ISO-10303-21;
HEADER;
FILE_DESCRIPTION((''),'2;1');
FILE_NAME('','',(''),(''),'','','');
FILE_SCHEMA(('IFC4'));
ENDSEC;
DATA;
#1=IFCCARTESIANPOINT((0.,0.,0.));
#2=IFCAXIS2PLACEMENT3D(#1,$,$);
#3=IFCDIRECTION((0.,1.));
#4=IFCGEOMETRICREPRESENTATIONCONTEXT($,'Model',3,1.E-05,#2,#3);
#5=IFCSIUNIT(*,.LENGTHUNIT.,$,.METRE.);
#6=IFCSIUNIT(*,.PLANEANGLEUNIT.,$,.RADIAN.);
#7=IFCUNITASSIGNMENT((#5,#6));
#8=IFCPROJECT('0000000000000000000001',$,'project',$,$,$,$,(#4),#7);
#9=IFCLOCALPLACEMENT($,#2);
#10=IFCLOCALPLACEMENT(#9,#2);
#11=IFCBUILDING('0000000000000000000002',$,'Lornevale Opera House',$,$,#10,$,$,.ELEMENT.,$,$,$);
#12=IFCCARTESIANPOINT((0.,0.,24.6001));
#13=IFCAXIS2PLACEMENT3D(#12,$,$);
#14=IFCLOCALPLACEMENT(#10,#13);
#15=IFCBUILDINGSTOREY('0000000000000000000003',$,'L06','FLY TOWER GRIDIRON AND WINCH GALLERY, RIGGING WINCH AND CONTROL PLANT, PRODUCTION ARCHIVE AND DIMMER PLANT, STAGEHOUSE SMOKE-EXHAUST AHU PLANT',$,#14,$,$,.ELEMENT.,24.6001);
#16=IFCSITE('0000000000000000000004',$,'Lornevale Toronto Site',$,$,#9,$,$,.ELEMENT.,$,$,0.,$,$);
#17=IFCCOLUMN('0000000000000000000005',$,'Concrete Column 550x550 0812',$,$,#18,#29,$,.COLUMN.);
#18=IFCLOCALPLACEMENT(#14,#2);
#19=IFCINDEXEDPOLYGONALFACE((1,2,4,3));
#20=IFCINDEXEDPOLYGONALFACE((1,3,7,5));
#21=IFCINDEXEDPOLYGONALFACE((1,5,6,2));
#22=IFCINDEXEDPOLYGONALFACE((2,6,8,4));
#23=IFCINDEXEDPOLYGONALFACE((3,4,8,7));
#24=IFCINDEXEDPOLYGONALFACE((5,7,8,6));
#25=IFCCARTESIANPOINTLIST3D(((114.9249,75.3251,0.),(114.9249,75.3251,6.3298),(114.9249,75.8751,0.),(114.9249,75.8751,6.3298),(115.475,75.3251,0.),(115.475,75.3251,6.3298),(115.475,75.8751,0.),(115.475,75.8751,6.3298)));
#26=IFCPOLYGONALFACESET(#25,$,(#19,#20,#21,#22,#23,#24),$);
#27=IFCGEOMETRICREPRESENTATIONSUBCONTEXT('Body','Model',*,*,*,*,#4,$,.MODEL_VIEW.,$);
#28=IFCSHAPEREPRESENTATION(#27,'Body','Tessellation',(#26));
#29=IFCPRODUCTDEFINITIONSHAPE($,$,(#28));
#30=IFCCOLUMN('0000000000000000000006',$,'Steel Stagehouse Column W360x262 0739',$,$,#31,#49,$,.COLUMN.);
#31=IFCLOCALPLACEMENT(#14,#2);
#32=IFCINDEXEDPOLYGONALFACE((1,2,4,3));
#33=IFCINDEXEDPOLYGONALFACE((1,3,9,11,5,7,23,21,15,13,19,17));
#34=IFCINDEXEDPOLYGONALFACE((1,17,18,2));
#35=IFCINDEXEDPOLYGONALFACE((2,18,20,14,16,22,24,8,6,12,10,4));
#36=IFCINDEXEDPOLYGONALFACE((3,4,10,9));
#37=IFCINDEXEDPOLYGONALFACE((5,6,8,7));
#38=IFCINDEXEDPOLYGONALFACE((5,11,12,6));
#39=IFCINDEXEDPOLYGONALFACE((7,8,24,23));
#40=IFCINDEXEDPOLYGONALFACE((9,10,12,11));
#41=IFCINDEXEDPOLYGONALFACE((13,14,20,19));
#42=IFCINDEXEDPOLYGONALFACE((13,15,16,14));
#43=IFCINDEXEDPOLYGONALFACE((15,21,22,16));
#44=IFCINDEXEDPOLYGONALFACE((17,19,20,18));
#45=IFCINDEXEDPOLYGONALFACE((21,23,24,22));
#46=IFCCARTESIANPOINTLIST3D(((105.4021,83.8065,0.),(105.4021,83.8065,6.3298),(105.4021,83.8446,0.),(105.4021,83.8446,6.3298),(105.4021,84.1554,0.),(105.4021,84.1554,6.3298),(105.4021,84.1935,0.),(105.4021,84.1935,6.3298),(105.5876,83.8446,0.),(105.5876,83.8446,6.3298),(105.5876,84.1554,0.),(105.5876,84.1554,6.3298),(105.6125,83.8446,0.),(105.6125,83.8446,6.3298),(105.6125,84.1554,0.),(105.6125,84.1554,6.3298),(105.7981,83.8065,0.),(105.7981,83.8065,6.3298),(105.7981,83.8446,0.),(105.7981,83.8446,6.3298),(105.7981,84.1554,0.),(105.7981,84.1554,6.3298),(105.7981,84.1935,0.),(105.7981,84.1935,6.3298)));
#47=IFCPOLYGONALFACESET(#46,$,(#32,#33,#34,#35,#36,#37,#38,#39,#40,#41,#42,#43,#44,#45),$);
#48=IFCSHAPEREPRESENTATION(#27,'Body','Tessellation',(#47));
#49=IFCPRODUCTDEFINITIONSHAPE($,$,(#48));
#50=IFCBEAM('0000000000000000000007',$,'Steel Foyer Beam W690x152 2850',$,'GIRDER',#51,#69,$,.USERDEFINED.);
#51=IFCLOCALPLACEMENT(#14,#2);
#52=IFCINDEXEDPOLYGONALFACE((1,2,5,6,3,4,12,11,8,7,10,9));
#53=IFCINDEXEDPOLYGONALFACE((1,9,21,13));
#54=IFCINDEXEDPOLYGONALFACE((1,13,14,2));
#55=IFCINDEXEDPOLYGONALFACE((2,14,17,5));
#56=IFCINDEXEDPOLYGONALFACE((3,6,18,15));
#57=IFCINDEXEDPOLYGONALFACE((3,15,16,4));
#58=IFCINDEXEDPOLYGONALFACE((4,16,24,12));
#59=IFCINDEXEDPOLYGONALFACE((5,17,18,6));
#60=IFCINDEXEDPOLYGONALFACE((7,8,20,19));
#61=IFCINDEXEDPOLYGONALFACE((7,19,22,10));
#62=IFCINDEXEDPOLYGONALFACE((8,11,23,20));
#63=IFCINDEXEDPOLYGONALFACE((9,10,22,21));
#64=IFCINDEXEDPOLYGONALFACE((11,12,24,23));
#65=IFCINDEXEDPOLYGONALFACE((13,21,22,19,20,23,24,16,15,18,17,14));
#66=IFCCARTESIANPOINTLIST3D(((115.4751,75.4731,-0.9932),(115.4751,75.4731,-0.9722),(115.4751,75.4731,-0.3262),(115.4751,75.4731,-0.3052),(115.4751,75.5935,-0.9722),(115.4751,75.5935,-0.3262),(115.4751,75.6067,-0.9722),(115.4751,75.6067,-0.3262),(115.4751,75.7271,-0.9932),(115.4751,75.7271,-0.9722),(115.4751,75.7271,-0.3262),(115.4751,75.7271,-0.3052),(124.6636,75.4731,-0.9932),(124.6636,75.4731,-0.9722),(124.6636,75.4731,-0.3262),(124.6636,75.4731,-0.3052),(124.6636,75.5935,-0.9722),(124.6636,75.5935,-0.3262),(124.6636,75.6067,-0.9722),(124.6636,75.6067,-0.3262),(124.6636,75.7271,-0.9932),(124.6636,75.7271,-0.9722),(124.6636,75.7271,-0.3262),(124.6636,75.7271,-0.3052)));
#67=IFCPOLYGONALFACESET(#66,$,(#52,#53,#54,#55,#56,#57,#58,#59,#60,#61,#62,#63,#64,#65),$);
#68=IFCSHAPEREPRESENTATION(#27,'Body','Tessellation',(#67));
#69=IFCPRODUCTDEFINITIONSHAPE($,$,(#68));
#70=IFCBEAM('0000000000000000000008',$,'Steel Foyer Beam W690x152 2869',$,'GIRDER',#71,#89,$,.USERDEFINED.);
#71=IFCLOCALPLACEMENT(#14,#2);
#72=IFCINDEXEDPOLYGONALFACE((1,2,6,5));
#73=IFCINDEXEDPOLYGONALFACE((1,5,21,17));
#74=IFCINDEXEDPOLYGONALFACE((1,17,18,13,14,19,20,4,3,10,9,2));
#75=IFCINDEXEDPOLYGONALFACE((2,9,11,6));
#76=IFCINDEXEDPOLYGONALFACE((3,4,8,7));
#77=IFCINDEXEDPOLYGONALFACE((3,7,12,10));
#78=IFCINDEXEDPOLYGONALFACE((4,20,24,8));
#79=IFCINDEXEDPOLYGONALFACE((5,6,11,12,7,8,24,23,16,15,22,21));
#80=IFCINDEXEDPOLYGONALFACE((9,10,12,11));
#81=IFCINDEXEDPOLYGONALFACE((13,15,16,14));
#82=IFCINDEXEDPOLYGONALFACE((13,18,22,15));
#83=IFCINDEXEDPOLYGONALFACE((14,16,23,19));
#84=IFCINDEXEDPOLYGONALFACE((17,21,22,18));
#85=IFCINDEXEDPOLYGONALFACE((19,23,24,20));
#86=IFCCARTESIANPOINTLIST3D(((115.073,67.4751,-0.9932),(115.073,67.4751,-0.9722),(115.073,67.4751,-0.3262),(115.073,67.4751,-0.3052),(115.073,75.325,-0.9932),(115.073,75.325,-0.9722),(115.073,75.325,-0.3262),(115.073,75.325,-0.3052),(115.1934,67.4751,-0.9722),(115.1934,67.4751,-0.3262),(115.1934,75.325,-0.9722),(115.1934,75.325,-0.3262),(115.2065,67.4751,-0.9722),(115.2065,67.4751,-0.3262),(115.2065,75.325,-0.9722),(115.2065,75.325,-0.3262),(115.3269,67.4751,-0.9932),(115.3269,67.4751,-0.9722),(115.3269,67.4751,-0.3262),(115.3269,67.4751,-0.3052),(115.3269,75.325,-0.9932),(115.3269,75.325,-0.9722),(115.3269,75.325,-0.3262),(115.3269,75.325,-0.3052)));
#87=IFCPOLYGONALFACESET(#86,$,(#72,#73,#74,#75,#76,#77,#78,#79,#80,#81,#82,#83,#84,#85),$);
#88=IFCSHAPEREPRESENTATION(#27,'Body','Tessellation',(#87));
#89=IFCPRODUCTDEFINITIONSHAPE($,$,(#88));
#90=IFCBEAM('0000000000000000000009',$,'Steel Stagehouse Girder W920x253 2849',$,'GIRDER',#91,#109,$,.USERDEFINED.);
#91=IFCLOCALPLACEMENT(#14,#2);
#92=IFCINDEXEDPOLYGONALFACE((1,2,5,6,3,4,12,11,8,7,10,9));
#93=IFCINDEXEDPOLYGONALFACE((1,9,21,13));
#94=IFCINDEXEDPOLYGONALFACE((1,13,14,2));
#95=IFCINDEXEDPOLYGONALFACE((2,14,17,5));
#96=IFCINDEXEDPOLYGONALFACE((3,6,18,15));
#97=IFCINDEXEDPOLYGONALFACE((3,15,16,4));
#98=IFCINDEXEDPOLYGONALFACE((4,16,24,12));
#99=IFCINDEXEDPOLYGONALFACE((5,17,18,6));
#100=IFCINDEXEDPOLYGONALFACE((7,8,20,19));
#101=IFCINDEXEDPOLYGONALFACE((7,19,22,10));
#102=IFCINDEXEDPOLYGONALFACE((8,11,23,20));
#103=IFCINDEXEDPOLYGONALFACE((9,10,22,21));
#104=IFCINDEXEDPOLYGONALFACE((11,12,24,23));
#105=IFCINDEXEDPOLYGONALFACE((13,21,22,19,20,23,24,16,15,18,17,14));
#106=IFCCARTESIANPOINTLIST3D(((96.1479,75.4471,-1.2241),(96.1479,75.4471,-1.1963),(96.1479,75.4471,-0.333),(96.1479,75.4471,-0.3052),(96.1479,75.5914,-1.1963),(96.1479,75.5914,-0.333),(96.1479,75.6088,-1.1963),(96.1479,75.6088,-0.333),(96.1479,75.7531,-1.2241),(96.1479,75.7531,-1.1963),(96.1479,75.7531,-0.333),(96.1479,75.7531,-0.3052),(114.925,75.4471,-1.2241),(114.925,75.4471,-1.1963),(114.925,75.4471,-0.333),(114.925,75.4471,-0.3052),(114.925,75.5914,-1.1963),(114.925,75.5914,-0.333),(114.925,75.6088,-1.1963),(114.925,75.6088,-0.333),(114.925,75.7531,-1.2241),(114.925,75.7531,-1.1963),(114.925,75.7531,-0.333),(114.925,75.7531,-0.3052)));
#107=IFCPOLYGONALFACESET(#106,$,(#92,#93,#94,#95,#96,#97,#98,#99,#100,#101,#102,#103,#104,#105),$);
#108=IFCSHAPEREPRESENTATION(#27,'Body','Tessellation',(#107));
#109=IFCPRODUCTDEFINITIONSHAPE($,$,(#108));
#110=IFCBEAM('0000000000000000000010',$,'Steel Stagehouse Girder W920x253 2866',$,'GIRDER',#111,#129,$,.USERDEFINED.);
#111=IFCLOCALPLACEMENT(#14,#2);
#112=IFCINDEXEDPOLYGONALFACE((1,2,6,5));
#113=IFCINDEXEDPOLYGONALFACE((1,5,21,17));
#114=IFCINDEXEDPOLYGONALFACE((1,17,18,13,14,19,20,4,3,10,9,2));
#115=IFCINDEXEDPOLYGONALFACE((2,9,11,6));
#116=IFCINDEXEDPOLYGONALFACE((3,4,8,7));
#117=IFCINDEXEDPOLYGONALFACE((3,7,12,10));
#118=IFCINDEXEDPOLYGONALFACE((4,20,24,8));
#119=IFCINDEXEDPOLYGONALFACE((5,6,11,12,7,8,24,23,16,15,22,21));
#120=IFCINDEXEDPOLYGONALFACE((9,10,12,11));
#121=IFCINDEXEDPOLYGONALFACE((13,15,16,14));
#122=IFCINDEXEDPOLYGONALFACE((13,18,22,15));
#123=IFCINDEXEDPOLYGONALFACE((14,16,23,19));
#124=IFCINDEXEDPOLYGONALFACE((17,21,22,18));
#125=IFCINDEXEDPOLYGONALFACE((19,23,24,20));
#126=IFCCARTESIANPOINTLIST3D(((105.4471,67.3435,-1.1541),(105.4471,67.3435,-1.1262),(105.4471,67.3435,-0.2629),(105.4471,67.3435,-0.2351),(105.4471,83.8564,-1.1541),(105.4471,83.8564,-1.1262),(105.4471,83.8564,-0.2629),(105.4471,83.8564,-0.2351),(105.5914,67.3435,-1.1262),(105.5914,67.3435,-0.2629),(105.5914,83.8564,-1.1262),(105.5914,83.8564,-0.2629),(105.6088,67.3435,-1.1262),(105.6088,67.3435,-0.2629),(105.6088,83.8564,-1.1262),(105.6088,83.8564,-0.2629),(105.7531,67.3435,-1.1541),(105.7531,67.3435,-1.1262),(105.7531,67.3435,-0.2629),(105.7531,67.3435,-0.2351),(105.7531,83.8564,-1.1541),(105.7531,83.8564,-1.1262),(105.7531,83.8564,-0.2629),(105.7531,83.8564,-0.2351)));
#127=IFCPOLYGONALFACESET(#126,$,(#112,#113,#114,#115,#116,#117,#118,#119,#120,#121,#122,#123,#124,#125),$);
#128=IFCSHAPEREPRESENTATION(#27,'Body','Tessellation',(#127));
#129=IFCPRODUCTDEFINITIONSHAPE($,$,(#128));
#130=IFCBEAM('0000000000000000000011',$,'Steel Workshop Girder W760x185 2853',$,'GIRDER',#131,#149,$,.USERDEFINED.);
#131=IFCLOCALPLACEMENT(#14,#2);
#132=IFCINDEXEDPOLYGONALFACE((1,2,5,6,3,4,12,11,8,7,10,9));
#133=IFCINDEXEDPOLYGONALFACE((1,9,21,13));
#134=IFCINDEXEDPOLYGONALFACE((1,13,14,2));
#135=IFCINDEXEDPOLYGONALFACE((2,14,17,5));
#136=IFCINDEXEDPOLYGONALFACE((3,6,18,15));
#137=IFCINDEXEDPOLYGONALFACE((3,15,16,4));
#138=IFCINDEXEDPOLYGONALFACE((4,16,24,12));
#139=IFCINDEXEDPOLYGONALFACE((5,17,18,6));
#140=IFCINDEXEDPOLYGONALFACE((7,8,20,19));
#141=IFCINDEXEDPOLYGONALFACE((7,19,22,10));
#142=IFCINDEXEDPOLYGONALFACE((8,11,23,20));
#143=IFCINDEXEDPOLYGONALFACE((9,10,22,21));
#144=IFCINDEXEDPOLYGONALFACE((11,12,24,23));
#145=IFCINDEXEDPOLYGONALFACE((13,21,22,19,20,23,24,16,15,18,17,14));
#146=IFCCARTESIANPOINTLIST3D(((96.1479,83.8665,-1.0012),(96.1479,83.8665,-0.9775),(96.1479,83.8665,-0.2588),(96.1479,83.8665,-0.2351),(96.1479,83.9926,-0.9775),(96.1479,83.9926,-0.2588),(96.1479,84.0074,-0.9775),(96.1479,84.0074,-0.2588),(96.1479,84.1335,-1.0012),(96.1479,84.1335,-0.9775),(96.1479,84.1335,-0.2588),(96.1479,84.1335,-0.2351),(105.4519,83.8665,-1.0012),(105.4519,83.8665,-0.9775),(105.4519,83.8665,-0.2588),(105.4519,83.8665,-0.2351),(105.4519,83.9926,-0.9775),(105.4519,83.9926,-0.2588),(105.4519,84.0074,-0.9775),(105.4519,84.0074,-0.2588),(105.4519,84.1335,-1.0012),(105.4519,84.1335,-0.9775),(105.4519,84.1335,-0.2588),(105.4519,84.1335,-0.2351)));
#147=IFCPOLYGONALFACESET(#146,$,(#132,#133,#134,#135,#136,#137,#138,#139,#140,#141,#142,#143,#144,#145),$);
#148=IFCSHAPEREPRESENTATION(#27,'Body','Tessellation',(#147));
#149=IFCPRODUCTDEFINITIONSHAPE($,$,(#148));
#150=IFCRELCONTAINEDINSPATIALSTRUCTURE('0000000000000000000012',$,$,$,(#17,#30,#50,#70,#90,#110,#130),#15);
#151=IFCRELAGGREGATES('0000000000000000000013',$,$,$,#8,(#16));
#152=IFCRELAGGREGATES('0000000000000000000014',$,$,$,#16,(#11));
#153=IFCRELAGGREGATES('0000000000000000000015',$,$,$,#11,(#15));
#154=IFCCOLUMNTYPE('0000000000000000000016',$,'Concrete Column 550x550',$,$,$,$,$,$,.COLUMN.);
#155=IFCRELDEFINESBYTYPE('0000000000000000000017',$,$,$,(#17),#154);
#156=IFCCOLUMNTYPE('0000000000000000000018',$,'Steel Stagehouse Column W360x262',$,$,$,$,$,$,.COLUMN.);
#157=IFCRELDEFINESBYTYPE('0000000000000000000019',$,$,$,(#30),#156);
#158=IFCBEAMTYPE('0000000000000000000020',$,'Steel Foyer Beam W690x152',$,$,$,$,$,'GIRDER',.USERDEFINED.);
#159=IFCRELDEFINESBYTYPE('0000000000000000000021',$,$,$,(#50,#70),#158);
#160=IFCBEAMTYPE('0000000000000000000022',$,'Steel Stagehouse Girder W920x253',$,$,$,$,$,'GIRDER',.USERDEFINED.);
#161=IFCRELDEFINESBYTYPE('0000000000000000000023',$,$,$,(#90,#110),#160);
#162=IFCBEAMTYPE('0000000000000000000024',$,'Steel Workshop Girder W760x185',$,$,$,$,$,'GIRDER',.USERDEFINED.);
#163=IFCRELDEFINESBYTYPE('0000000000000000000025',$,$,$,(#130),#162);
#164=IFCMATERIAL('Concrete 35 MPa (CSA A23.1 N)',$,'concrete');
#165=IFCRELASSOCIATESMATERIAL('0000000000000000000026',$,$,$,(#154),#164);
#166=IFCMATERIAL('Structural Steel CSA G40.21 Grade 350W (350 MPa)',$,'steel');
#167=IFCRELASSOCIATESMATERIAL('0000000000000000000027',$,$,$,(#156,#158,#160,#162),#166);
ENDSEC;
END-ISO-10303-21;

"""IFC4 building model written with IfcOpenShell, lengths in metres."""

from ifc_helpers import new_model, si_unit, direction, frame, origin, origin_2d, place, context, subcontext, project, spatial, rectangle, i_section, extrude, material, material_profile, profile_set, type_object, element, save


model = new_model("IFC4")

# Units and contexts
model_context = context("Model", 3, precision=1e-05, world=origin(), true_north=direction((0.0, 1.0)))
body_context = subcontext(model_context, "Body", "Model", "MODEL_VIEW")
ifc_project = project(units=[si_unit("LENGTHUNIT", "METRE"), si_unit("PLANEANGLEUNIT", "RADIAN")], contexts=[model_context])

# Site, building, storey
site_placement = place(None, origin())
site = spatial("IfcSite", under=ifc_project, at=site_placement, Name="Lornevale Toronto Site", CompositionType="ELEMENT", RefElevation=0.0)
building_placement = place(site_placement, origin())
building = spatial("IfcBuilding", under=site, at=building_placement, Name="Lornevale Opera House", CompositionType="ELEMENT")
storey_placement = place(building_placement, frame((0.0, 0.0, 24.6001)))
storey = spatial("IfcBuildingStorey", under=building, at=storey_placement, Name="L06", Description="FLY TOWER GRIDIRON AND WINCH GALLERY, RIGGING WINCH AND CONTROL PLANT, PRODUCTION ARCHIVE AND DIMMER PLANT, STAGEHOUSE SMOKE-EXHAUST AHU PLANT", CompositionType="ELEMENT", Elevation=24.6001)

# Columns
ifc_material_1 = material(Name="Concrete 35 MPa (CSA A23.1 N)", Category="concrete")
ifc_material_profile_1 = material_profile(ifc_material_1, rectangle(XDim=0.55, YDim=0.55, at=origin_2d()), Name="RC550x550")
ifc_profile_set_1 = profile_set([ifc_material_profile_1], Name="Concrete 35 MPa (CSA A23.1 N)")
column_type_1 = type_object("IfcColumnType", Name="Concrete Column 550x550", PredefinedType="COLUMN", material=ifc_profile_set_1)
column_1_placement = place(storey_placement, frame((115.2, 75.6001, 0.0), z_axis=(0.0, 0.0, 1.0), x_axis=(1.0, 0.0, 0.0)))
element("IfcColumn", 1, at=column_1_placement, inside=storey, type_object=column_type_1, Name="Concrete Column 550x550 0812", PredefinedType="COLUMN", context=body_context, shape_type="SweptSolid", body=[
    extrude(rectangle(XDim=0.55, YDim=0.55, at=origin_2d()), origin(), (0.0, 0.0, 1.0), 6.3298),
])
ifc_material_2 = material(Name="Structural Steel CSA G40.21 Grade 350W (350 MPa)", Category="steel")
ifc_material_profile_2 = material_profile(ifc_material_2, i_section(OverallWidth=0.396, OverallDepth=0.387, WebThickness=0.0249, FlangeThickness=0.0381, at=origin_2d()), Name="W360x262")
ifc_profile_set_2 = profile_set([ifc_material_profile_2], Name="Structural Steel CSA G40.21 Grade 350W (350 MPa)")
column_type_2 = type_object("IfcColumnType", Name="Steel Stagehouse Column W360x262", PredefinedType="COLUMN", material=ifc_profile_set_2)
column_2_placement = place(storey_placement, frame((105.6001, 84.0, 0.0), z_axis=(0.0, 0.0, 1.0), x_axis=(1.0, 0.0, 0.0)))
element("IfcColumn", 2, at=column_2_placement, inside=storey, type_object=column_type_2, Name="Steel Stagehouse Column W360x262 0739", PredefinedType="COLUMN", context=body_context, shape_type="SweptSolid", body=[
    extrude(i_section(OverallWidth=0.396, OverallDepth=0.387, WebThickness=0.0249, FlangeThickness=0.0381, at=origin_2d()), origin(), (0.0, 0.0, 1.0), 6.3298),
])

# Beams
ifc_material_profile_3 = material_profile(ifc_material_2, i_section(OverallWidth=0.2539, OverallDepth=0.688, WebThickness=0.0132, FlangeThickness=0.021, at=origin_2d()), Name="W690x152")
ifc_profile_set_3 = profile_set([ifc_material_profile_3], Name="Structural Steel CSA G40.21 Grade 350W (350 MPa)")
beam_type_1 = type_object("IfcBeamType", Name="Steel Foyer Beam W690x152", ElementType="GIRDER", PredefinedType="USERDEFINED", material=ifc_profile_set_3)
beam_1_placement = place(storey_placement, frame((115.4751, 75.6001, -0.6492), z_axis=(1.0, 0.0, 0.0), x_axis=(0.0, 1.0, 0.0)))
element("IfcBeam", 3, at=beam_1_placement, inside=storey, type_object=beam_type_1, Name="Steel Foyer Beam W690x152 2850", ObjectType="GIRDER", PredefinedType="USERDEFINED", context=body_context, shape_type="SweptSolid", body=[
    extrude(i_section(OverallWidth=0.2539, OverallDepth=0.688, WebThickness=0.0132, FlangeThickness=0.021, at=origin_2d()), origin(), (0.0, 0.0, 1.0), 9.1885),
])
beam_2_placement = place(storey_placement, frame((115.2, 67.4751, -0.6492), z_axis=(0.0, 1.0, 0.0), x_axis=(-1.0, 0.0, 0.0)))
element("IfcBeam", 4, at=beam_2_placement, inside=storey, type_object=beam_type_1, Name="Steel Foyer Beam W690x152 2869", ObjectType="GIRDER", PredefinedType="USERDEFINED", context=body_context, shape_type="SweptSolid", body=[
    extrude(i_section(OverallWidth=0.2539, OverallDepth=0.688, WebThickness=0.0132, FlangeThickness=0.021, at=origin_2d()), origin(), (0.0, 0.0, 1.0), 7.8499),
])
ifc_material_profile_4 = material_profile(ifc_material_2, i_section(OverallWidth=0.3059, OverallDepth=0.9189, WebThickness=0.0173, FlangeThickness=0.0278, at=origin_2d()), Name="W920x253")
ifc_profile_set_4 = profile_set([ifc_material_profile_4], Name="Structural Steel CSA G40.21 Grade 350W (350 MPa)")
beam_type_2 = type_object("IfcBeamType", Name="Steel Stagehouse Girder W920x253", ElementType="GIRDER", PredefinedType="USERDEFINED", material=ifc_profile_set_4)
beam_3_placement = place(storey_placement, frame((96.1479, 75.6001, -0.7646), z_axis=(1.0, 0.0, 0.0), x_axis=(0.0, 1.0, 0.0)))
element("IfcBeam", 5, at=beam_3_placement, inside=storey, type_object=beam_type_2, Name="Steel Stagehouse Girder W920x253 2849", ObjectType="GIRDER", PredefinedType="USERDEFINED", context=body_context, shape_type="SweptSolid", body=[
    extrude(i_section(OverallWidth=0.3059, OverallDepth=0.9189, WebThickness=0.0173, FlangeThickness=0.0278, at=origin_2d()), origin(), (0.0, 0.0, 1.0), 18.7771),
])
beam_4_placement = place(storey_placement, frame((105.6001, 67.3435, -0.6946), z_axis=(0.0, 1.0, 0.0), x_axis=(-1.0, 0.0, 0.0)))
element("IfcBeam", 6, at=beam_4_placement, inside=storey, type_object=beam_type_2, Name="Steel Stagehouse Girder W920x253 2866", ObjectType="GIRDER", PredefinedType="USERDEFINED", context=body_context, shape_type="SweptSolid", body=[
    extrude(i_section(OverallWidth=0.3059, OverallDepth=0.9189, WebThickness=0.0173, FlangeThickness=0.0278, at=origin_2d()), origin(), (0.0, 0.0, 1.0), 16.5129),
])
ifc_material_profile_5 = material_profile(ifc_material_2, i_section(OverallWidth=0.2671, OverallDepth=0.7661, WebThickness=0.0149, FlangeThickness=0.0237, at=origin_2d()), Name="W760x185")
ifc_profile_set_5 = profile_set([ifc_material_profile_5], Name="Structural Steel CSA G40.21 Grade 350W (350 MPa)")
beam_type_3 = type_object("IfcBeamType", Name="Steel Workshop Girder W760x185", ElementType="GIRDER", PredefinedType="USERDEFINED", material=ifc_profile_set_5)
beam_5_placement = place(storey_placement, frame((96.1479, 84.0, -0.6182), z_axis=(1.0, 0.0, 0.0), x_axis=(0.0, 1.0, 0.0)))
element("IfcBeam", 7, at=beam_5_placement, inside=storey, type_object=beam_type_3, Name="Steel Workshop Girder W760x185 2853", ObjectType="GIRDER", PredefinedType="USERDEFINED", context=body_context, shape_type="SweptSolid", body=[
    extrude(i_section(OverallWidth=0.2671, OverallDepth=0.7661, WebThickness=0.0149, FlangeThickness=0.0237, at=origin_2d()), origin(), (0.0, 0.0, 1.0), 9.304),
])

save(model, "model.ifc")
